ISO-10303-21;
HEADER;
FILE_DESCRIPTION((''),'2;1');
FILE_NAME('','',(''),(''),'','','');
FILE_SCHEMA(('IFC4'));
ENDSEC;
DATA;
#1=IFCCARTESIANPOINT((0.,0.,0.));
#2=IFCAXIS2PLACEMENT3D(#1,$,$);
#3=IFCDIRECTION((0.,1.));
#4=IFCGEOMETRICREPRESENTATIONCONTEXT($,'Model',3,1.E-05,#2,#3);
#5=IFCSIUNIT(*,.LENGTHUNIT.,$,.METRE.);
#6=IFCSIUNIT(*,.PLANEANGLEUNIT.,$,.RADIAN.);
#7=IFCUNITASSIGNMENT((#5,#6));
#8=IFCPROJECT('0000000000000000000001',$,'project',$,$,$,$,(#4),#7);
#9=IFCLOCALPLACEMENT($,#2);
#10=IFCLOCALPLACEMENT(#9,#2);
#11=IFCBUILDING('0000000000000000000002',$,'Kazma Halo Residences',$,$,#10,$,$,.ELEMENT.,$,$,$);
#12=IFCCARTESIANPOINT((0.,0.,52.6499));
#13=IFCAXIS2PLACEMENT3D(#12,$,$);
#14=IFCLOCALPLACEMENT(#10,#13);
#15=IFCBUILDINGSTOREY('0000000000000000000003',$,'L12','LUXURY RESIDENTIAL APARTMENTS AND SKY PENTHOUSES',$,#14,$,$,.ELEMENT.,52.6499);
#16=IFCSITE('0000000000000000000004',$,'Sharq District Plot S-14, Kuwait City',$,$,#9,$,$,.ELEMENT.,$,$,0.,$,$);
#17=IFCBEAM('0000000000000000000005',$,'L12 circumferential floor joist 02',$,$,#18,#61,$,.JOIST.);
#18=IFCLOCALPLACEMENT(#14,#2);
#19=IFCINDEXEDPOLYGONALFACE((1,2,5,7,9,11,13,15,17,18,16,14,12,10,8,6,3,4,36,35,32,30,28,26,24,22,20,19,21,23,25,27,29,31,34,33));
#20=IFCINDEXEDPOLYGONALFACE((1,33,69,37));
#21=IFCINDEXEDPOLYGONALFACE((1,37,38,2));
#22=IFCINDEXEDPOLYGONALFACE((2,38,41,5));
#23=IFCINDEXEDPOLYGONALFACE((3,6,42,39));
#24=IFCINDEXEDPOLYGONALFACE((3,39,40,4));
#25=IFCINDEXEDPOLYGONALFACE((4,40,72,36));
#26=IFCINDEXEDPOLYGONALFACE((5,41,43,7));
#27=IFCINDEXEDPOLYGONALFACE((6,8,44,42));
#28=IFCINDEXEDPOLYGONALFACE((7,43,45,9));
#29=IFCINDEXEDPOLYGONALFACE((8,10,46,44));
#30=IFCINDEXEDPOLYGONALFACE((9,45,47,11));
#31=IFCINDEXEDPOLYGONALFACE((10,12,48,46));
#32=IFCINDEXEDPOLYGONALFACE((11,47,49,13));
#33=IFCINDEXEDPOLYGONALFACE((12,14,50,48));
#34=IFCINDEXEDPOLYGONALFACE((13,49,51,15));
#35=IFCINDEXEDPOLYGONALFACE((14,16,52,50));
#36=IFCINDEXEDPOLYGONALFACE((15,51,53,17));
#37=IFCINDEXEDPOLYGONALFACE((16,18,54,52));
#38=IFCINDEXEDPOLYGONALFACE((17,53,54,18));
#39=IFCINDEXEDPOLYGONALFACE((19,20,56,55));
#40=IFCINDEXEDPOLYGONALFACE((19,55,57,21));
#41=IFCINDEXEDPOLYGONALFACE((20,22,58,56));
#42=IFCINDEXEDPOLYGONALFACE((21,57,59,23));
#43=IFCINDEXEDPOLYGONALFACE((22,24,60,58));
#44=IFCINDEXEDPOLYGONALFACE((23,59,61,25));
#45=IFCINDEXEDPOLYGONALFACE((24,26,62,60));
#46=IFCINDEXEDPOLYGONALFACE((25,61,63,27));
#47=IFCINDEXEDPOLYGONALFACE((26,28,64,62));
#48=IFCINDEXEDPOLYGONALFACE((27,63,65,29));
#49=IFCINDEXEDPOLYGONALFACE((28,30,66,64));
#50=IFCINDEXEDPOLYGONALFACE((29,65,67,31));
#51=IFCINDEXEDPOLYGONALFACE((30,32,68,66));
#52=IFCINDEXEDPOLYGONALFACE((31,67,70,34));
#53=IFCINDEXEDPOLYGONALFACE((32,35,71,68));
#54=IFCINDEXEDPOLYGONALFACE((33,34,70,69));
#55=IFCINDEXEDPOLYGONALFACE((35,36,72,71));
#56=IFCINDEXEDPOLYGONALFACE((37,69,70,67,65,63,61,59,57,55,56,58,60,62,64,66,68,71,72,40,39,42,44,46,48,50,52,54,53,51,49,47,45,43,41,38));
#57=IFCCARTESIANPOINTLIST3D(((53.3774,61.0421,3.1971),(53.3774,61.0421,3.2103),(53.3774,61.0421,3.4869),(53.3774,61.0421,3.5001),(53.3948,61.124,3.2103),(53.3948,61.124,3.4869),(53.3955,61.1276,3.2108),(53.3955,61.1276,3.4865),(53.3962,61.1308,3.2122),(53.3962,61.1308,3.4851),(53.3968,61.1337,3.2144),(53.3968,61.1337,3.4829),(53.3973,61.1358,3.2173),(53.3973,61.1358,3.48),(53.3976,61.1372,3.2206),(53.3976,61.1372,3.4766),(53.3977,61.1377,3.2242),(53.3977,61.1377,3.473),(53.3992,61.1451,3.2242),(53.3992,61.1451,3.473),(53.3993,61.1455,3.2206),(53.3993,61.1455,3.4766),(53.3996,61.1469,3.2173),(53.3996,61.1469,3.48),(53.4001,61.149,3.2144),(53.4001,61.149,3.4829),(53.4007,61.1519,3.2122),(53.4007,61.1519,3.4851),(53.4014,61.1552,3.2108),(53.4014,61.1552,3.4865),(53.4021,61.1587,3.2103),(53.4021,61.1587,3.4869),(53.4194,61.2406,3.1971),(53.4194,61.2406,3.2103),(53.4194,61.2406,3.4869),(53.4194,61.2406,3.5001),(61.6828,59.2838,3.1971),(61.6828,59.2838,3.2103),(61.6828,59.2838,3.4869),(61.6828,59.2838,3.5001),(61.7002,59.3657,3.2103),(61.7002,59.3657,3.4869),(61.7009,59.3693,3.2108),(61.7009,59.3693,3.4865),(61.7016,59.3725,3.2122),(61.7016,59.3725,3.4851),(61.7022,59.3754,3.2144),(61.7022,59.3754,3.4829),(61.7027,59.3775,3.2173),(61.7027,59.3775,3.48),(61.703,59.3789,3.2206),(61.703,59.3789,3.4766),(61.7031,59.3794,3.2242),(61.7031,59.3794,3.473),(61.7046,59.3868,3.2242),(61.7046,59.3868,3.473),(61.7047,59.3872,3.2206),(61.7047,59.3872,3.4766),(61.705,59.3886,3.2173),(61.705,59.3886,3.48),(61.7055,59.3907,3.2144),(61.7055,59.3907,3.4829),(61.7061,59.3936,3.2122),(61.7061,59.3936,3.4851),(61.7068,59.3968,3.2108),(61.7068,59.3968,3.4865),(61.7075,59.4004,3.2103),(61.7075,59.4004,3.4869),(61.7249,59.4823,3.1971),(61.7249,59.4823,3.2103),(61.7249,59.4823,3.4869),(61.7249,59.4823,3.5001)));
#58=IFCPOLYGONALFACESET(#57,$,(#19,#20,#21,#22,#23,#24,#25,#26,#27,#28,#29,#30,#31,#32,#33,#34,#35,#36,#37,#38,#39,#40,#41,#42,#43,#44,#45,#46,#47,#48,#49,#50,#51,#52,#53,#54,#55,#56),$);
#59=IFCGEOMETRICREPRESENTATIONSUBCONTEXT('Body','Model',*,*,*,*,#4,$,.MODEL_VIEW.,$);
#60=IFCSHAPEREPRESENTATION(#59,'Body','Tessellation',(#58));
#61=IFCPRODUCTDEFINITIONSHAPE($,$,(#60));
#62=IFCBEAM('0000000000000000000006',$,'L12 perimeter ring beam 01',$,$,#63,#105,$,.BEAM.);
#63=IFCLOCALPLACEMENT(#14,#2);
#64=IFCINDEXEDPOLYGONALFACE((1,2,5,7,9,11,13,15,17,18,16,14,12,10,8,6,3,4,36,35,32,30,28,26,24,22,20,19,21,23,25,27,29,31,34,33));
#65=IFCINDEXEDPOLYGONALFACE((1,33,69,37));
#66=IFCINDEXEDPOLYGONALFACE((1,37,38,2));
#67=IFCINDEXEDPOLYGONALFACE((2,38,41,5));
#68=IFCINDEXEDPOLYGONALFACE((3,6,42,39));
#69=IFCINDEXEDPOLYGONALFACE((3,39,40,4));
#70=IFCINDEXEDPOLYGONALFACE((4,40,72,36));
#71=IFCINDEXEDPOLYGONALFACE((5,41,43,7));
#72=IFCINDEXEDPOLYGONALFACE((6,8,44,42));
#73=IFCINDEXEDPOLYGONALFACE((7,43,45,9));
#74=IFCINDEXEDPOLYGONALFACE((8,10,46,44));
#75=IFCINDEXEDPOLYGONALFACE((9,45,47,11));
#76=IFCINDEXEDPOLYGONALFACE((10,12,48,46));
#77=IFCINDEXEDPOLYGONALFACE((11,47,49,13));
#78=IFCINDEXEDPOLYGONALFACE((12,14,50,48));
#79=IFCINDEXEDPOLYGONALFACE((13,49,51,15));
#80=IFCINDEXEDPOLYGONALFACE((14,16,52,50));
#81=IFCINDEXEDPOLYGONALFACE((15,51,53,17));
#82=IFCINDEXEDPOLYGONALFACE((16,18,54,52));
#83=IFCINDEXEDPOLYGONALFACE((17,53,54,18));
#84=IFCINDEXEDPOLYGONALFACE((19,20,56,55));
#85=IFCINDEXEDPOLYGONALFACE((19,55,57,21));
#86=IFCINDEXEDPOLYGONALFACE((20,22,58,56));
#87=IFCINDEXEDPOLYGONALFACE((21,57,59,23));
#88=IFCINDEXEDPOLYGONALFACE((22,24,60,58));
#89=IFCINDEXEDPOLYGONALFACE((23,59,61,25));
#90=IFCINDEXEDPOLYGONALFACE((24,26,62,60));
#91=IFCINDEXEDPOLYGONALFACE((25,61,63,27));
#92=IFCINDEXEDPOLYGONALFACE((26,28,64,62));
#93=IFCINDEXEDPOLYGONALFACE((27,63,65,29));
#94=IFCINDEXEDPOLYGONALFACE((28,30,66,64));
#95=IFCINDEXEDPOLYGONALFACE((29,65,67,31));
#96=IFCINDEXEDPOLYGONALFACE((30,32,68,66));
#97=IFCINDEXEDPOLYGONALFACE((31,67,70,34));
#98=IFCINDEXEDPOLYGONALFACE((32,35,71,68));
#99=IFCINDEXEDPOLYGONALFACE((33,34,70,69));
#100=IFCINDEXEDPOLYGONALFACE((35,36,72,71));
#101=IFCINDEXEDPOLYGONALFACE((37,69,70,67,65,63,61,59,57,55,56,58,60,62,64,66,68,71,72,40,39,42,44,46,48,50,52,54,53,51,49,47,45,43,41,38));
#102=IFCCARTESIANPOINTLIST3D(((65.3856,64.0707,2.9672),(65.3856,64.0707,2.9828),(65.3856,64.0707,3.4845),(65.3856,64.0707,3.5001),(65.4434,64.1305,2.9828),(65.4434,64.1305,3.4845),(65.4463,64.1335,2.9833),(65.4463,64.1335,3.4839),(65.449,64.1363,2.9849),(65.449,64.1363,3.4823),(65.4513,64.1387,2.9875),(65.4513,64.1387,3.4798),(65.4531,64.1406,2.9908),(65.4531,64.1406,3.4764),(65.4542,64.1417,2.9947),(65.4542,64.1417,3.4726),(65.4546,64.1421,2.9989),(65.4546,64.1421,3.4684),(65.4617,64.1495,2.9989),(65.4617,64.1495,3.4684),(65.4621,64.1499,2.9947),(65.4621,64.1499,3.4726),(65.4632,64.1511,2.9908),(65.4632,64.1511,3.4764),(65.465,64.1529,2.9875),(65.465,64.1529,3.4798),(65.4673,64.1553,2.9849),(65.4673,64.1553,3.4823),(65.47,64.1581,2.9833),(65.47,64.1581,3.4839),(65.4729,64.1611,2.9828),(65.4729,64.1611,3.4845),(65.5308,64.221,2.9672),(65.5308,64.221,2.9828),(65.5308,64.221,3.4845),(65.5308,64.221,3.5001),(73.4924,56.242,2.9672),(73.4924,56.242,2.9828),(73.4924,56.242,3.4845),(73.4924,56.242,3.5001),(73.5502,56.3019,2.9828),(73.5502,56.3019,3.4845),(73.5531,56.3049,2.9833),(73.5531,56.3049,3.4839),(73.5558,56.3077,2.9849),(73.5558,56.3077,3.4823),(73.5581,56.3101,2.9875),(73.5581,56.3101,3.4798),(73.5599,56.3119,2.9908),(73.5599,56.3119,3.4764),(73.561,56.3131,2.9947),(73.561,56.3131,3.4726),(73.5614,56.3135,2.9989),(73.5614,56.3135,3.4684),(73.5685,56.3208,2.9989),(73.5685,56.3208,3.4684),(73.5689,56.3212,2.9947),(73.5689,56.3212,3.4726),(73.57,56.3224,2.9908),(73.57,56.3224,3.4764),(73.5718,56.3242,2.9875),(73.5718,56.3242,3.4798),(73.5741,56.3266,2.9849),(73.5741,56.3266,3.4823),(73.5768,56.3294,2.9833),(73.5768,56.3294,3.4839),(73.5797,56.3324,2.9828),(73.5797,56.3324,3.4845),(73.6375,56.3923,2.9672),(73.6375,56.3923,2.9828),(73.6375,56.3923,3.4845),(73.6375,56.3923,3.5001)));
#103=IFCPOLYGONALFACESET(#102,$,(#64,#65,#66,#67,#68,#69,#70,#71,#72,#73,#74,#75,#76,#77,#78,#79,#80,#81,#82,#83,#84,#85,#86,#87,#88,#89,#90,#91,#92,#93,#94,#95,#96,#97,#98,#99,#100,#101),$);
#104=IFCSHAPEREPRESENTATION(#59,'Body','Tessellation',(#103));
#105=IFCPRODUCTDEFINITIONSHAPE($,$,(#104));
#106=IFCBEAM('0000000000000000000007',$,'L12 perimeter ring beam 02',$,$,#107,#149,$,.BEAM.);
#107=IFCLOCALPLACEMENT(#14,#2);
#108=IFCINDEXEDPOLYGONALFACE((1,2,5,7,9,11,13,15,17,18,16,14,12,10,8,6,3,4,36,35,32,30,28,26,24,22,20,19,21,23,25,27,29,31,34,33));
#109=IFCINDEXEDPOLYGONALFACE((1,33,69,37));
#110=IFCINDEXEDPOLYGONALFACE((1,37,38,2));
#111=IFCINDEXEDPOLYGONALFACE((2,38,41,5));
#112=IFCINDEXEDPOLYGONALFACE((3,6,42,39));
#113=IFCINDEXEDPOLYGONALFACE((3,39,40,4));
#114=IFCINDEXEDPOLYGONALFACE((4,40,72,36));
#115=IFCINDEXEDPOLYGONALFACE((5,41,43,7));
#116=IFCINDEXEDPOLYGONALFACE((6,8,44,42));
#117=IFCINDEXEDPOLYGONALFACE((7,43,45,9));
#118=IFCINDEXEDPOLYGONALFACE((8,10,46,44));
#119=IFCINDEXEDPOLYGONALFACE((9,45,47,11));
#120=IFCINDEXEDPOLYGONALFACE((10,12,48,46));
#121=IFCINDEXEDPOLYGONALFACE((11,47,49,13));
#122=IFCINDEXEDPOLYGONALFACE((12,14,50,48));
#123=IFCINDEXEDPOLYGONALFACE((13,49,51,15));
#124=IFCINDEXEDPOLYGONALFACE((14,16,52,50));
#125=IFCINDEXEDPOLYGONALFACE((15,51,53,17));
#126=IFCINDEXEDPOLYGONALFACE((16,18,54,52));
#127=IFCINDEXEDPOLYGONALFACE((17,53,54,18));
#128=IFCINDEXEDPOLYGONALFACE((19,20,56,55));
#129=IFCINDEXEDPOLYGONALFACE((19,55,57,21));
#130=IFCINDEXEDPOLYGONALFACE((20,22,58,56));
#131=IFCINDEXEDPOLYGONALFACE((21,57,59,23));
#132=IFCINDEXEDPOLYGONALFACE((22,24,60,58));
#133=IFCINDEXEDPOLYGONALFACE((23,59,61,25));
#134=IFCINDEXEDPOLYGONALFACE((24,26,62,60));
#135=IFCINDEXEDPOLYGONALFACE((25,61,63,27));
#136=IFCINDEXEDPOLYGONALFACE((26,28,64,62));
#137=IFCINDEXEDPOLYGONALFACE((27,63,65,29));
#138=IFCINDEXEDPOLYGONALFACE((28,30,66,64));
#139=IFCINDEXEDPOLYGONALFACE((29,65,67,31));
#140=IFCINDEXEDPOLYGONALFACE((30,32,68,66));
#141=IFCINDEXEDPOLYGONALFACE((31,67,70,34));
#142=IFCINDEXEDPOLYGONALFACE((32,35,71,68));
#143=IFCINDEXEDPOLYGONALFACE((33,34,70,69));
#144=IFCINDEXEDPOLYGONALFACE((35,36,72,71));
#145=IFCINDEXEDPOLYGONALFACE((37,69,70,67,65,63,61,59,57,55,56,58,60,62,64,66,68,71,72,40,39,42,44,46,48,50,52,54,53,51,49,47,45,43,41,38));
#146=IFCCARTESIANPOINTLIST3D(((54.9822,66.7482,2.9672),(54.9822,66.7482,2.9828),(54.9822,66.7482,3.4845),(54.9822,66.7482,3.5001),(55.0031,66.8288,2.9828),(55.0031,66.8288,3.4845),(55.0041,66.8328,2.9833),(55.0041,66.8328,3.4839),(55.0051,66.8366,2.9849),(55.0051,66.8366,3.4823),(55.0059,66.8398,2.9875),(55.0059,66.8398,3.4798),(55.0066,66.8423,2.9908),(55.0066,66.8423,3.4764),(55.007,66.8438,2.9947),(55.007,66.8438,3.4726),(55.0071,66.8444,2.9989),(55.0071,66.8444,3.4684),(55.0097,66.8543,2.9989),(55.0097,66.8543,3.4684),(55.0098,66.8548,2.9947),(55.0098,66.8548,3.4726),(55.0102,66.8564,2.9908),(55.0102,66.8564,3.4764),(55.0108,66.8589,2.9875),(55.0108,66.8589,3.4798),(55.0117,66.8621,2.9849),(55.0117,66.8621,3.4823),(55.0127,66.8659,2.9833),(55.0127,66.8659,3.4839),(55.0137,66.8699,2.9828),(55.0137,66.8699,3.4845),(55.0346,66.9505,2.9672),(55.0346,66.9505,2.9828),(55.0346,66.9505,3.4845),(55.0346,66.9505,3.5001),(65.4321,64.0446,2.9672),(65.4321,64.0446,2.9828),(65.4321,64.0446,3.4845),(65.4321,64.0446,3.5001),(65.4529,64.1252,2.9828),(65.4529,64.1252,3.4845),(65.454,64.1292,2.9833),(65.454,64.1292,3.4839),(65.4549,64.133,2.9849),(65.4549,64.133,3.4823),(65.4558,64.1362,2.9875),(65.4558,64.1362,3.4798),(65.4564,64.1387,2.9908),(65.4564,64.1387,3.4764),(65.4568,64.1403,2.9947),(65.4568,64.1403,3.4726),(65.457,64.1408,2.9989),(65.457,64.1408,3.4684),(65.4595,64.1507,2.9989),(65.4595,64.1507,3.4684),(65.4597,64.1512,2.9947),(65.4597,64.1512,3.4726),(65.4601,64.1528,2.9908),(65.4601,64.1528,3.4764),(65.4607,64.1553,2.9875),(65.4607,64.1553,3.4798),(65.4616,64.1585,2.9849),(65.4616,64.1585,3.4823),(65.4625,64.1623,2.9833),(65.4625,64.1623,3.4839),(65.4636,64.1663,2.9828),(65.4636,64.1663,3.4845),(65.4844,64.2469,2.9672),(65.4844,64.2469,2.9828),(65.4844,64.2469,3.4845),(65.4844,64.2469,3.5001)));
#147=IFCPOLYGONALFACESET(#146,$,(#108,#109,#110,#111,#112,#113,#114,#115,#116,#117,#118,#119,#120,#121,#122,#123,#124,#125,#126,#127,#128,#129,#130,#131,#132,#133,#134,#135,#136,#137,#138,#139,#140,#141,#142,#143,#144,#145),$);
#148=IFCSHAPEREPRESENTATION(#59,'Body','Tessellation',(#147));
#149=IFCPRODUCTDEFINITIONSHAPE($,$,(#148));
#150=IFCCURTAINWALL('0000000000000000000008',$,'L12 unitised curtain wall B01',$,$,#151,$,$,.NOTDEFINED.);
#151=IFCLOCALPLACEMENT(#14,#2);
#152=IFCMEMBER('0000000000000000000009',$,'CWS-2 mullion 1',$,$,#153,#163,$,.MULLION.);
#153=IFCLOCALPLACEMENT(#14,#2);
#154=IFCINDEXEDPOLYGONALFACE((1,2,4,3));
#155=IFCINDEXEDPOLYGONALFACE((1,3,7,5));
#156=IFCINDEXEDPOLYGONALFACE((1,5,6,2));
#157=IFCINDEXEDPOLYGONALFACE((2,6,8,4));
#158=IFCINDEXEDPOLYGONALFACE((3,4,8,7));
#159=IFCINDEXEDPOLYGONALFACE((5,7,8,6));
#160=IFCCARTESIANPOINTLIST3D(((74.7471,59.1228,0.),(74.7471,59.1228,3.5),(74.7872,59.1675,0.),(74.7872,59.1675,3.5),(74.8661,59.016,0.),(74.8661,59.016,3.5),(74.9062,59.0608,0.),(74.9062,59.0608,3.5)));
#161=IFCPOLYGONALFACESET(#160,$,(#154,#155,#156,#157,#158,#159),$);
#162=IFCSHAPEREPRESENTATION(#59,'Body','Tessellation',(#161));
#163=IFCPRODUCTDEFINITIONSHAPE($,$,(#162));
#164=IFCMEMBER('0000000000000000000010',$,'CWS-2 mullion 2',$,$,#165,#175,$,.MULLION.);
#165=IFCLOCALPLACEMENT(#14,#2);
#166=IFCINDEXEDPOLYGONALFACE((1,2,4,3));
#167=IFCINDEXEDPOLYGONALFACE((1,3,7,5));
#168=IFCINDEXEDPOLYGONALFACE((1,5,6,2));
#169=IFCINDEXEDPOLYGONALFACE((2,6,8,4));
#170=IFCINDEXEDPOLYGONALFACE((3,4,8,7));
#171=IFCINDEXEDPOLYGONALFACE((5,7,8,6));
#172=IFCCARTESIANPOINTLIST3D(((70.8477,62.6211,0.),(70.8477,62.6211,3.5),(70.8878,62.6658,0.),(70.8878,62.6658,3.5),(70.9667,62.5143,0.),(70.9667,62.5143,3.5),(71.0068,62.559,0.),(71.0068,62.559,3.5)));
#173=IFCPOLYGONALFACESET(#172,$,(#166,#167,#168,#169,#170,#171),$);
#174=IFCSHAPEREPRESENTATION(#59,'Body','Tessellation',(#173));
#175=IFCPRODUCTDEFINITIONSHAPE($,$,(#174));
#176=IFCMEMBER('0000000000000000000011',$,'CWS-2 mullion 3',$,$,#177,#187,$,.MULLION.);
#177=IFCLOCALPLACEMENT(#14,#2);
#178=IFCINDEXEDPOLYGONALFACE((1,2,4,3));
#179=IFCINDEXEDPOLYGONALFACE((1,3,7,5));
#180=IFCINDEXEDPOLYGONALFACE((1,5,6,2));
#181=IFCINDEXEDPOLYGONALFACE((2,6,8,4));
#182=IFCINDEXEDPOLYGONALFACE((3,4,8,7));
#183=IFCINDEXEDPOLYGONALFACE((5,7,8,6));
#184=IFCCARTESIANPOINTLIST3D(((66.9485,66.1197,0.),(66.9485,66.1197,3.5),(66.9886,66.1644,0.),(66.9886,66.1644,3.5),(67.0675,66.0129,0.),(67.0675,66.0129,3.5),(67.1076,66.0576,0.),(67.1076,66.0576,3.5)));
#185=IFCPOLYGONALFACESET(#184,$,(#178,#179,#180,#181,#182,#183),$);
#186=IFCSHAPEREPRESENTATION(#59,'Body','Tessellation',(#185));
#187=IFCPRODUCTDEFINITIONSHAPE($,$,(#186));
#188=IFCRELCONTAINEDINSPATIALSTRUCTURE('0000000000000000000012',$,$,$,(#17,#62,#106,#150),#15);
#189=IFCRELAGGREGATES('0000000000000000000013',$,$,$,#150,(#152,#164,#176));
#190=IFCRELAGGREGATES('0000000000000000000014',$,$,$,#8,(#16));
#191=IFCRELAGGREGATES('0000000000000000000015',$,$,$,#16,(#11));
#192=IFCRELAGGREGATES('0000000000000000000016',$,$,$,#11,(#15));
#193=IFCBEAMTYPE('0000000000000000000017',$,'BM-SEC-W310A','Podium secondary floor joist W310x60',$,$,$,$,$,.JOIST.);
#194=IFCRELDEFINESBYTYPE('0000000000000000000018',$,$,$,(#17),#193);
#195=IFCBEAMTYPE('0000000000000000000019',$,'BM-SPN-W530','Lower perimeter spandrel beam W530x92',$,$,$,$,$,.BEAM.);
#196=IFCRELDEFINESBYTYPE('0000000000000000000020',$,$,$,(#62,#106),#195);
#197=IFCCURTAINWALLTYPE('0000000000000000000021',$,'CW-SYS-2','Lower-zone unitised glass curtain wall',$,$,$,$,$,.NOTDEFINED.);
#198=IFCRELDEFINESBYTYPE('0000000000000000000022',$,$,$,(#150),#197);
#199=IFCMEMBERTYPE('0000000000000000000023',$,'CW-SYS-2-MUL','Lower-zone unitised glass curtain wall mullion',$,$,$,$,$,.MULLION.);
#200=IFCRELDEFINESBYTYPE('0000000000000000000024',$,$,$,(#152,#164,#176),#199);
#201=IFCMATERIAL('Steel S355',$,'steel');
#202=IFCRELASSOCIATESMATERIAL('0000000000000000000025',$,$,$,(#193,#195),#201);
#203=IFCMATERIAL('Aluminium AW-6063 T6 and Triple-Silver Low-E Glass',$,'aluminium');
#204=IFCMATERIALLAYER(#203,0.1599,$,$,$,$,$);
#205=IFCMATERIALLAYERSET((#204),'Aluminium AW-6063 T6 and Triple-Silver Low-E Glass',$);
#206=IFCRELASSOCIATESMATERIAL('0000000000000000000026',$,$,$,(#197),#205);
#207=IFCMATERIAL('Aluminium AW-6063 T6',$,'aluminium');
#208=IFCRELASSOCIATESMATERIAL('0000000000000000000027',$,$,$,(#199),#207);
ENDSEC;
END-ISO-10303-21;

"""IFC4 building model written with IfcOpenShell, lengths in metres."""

from ifc_helpers import new_model, si_unit, direction, frame, origin, origin_2d, place, context, subcontext, project, spatial, rectangle, i_section, extrude, material, layer, layer_set, material_profile, profile_set, type_object, element, aggregate, save


model = new_model("IFC4")

# Units and contexts
model_context = context("Model", 3, precision=1e-05, world=origin(), true_north=direction((0.0, 1.0)))
body_context = subcontext(model_context, "Body", "Model", "MODEL_VIEW")
ifc_project = project(units=[si_unit("LENGTHUNIT", "METRE"), si_unit("PLANEANGLEUNIT", "RADIAN")], contexts=[model_context])

# Site, building, storey
site_placement = place(None, origin())
site = spatial("IfcSite", under=ifc_project, at=site_placement, Name="Sharq District Plot S-14, Kuwait City", CompositionType="ELEMENT", RefElevation=0.0)
building_placement = place(site_placement, origin())
building = spatial("IfcBuilding", under=site, at=building_placement, Name="Kazma Halo Residences", CompositionType="ELEMENT")
storey_placement = place(building_placement, frame((0.0, 0.0, 52.6499)))
storey = spatial("IfcBuildingStorey", under=building, at=storey_placement, Name="L12", Description="LUXURY RESIDENTIAL APARTMENTS AND SKY PENTHOUSES", CompositionType="ELEMENT", Elevation=52.6499)

# Beams
ifc_material_1 = material(Name="Steel S355", Category="steel")
ifc_material_profile_1 = material_profile(ifc_material_1, i_section(OverallWidth=0.2029, OverallDepth=0.303, WebThickness=0.0076, FlangeThickness=0.0132, FilletRadius=0.0139, at=origin_2d()), Name="W310x60")
ifc_profile_set_1 = profile_set([ifc_material_profile_1], Name="Steel S355")
beam_type_1 = type_object("IfcBeamType", Name="BM-SEC-W310A", Description="Podium secondary floor joist W310x60", PredefinedType="JOIST", material=ifc_profile_set_1)
beam_1_placement = place(storey_placement, frame((61.7039, 59.3831, 3.3486), z_axis=(-0.978317, 0.207115, 0.0), x_axis=(-0.207115, -0.978317, 0.0)))
element("IfcBeam", 1, at=beam_1_placement, inside=storey, type_object=beam_type_1, Name="L12 circumferential floor joist 02", PredefinedType="JOIST", context=body_context, shape_type="SweptSolid", body=[
    extrude(i_section(OverallWidth=0.2029, OverallDepth=0.303, WebThickness=0.0076, FlangeThickness=0.0132, FilletRadius=0.0139, at=origin_2d()), origin(), (0.0, 0.0, 1.0), 8.4895),
])
ifc_material_profile_2 = material_profile(ifc_material_1, i_section(OverallWidth=0.209, OverallDepth=0.533, WebThickness=0.0103, FlangeThickness=0.0156, FilletRadius=0.0161, at=origin_2d()), Name="W530x92")
ifc_profile_set_2 = profile_set([ifc_material_profile_2], Name="Steel S355")
beam_type_2 = type_object("IfcBeamType", Name="BM-SPN-W530", Description="Lower perimeter spandrel beam W530x92", PredefinedType="BEAM", material=ifc_profile_set_2)
beam_2_placement = place(storey_placement, frame((73.5649, 56.3171, 3.2336), z_axis=(-0.719337, 0.694662, 0.0), x_axis=(-0.694662, -0.719337, 0.0)))
element("IfcBeam", 2, at=beam_2_placement, inside=storey, type_object=beam_type_2, Name="L12 perimeter ring beam 01", PredefinedType="BEAM", context=body_context, shape_type="SweptSolid", body=[
    extrude(i_section(OverallWidth=0.209, OverallDepth=0.533, WebThickness=0.0103, FlangeThickness=0.0156, FilletRadius=0.0161, at=origin_2d()), origin(), (0.0, 0.0, 1.0), 11.2698),
])
beam_3_placement = place(storey_placement, frame((65.4583, 64.1458, 3.2336), z_axis=(-0.968124, 0.250473, 0.0), x_axis=(-0.250473, -0.968124, 0.0)))
element("IfcBeam", 3, at=beam_3_placement, inside=storey, type_object=beam_type_2, Name="L12 perimeter ring beam 02", PredefinedType="BEAM", context=body_context, shape_type="SweptSolid", body=[
    extrude(i_section(OverallWidth=0.209, OverallDepth=0.533, WebThickness=0.0103, FlangeThickness=0.0156, FilletRadius=0.0161, at=origin_2d()), origin(), (0.0, 0.0, 1.0), 10.7939),
])

# Curtain wall, members
ifc_material_2 = material(Name="Aluminium AW-6063 T6 and Triple-Silver Low-E Glass", Category="aluminium")
ifc_layer_1 = layer(ifc_material_2, 0.1599)
ifc_layer_set_1 = layer_set([ifc_layer_1], Name="Aluminium AW-6063 T6 and Triple-Silver Low-E Glass")
curtain_wall_type = type_object("IfcCurtainWallType", Name="CW-SYS-2", Description="Lower-zone unitised glass curtain wall", PredefinedType="NOTDEFINED", material=ifc_layer_set_1)
curtain_wall_1_placement = place(storey_placement, origin())
curtain_wall_1 = element("IfcCurtainWall", 4, at=curtain_wall_1_placement, inside=storey, type_object=curtain_wall_type, Name="L12 unitised curtain wall B01", PredefinedType="NOTDEFINED")
ifc_material_3 = material(Name="Aluminium AW-6063 T6", Category="aluminium")
ifc_material_profile_3 = material_profile(ifc_material_3, rectangle(XDim=0.0601, YDim=0.1599, at=origin_2d()), Name="CWM-60x160")
ifc_profile_set_3 = profile_set([ifc_material_profile_3], Name="Aluminium AW-6063 T6")
member_type_1 = type_object("IfcMemberType", Name="CW-SYS-2-MUL", Description="Lower-zone unitised glass curtain wall mullion", PredefinedType="MULLION", material=ifc_profile_set_3)
member_1_placement = place(storey_placement, frame((74.8267, 59.0918, 0.0), z_axis=(0.0, 0.0, 1.0), x_axis=(-0.667821, -0.744322, 0.0)))
member_1 = element("IfcMember", 5, at=member_1_placement, type_object=member_type_1, Name="CWS-2 mullion 1", PredefinedType="MULLION", context=body_context, shape_type="SweptSolid", body=[
    extrude(rectangle(XDim=0.0601, YDim=0.1599, at=origin_2d()), origin(), (0.0, 0.0, 1.0), 3.5),
])
member_2_placement = place(storey_placement, frame((70.9272, 62.5901, 0.0), z_axis=(0.0, 0.0, 1.0), x_axis=(-0.667821, -0.744322, 0.0)))
member_2 = element("IfcMember", 6, at=member_2_placement, type_object=member_type_1, Name="CWS-2 mullion 2", PredefinedType="MULLION", context=body_context, shape_type="SweptSolid", body=[
    extrude(rectangle(XDim=0.0601, YDim=0.1599, at=origin_2d()), origin(), (0.0, 0.0, 1.0), 3.5),
])
member_3_placement = place(storey_placement, frame((67.0281, 66.0886, 0.0), z_axis=(0.0, 0.0, 1.0), x_axis=(-0.667821, -0.744322, 0.0)))
member_3 = element("IfcMember", 7, at=member_3_placement, type_object=member_type_1, Name="CWS-2 mullion 3", PredefinedType="MULLION", context=body_context, shape_type="SweptSolid", body=[
    extrude(rectangle(XDim=0.0601, YDim=0.1599, at=origin_2d()), origin(), (0.0, 0.0, 1.0), 3.5),
])

aggregate(curtain_wall_1, [member_1, member_2, member_3])

save(model, "model.ifc")
